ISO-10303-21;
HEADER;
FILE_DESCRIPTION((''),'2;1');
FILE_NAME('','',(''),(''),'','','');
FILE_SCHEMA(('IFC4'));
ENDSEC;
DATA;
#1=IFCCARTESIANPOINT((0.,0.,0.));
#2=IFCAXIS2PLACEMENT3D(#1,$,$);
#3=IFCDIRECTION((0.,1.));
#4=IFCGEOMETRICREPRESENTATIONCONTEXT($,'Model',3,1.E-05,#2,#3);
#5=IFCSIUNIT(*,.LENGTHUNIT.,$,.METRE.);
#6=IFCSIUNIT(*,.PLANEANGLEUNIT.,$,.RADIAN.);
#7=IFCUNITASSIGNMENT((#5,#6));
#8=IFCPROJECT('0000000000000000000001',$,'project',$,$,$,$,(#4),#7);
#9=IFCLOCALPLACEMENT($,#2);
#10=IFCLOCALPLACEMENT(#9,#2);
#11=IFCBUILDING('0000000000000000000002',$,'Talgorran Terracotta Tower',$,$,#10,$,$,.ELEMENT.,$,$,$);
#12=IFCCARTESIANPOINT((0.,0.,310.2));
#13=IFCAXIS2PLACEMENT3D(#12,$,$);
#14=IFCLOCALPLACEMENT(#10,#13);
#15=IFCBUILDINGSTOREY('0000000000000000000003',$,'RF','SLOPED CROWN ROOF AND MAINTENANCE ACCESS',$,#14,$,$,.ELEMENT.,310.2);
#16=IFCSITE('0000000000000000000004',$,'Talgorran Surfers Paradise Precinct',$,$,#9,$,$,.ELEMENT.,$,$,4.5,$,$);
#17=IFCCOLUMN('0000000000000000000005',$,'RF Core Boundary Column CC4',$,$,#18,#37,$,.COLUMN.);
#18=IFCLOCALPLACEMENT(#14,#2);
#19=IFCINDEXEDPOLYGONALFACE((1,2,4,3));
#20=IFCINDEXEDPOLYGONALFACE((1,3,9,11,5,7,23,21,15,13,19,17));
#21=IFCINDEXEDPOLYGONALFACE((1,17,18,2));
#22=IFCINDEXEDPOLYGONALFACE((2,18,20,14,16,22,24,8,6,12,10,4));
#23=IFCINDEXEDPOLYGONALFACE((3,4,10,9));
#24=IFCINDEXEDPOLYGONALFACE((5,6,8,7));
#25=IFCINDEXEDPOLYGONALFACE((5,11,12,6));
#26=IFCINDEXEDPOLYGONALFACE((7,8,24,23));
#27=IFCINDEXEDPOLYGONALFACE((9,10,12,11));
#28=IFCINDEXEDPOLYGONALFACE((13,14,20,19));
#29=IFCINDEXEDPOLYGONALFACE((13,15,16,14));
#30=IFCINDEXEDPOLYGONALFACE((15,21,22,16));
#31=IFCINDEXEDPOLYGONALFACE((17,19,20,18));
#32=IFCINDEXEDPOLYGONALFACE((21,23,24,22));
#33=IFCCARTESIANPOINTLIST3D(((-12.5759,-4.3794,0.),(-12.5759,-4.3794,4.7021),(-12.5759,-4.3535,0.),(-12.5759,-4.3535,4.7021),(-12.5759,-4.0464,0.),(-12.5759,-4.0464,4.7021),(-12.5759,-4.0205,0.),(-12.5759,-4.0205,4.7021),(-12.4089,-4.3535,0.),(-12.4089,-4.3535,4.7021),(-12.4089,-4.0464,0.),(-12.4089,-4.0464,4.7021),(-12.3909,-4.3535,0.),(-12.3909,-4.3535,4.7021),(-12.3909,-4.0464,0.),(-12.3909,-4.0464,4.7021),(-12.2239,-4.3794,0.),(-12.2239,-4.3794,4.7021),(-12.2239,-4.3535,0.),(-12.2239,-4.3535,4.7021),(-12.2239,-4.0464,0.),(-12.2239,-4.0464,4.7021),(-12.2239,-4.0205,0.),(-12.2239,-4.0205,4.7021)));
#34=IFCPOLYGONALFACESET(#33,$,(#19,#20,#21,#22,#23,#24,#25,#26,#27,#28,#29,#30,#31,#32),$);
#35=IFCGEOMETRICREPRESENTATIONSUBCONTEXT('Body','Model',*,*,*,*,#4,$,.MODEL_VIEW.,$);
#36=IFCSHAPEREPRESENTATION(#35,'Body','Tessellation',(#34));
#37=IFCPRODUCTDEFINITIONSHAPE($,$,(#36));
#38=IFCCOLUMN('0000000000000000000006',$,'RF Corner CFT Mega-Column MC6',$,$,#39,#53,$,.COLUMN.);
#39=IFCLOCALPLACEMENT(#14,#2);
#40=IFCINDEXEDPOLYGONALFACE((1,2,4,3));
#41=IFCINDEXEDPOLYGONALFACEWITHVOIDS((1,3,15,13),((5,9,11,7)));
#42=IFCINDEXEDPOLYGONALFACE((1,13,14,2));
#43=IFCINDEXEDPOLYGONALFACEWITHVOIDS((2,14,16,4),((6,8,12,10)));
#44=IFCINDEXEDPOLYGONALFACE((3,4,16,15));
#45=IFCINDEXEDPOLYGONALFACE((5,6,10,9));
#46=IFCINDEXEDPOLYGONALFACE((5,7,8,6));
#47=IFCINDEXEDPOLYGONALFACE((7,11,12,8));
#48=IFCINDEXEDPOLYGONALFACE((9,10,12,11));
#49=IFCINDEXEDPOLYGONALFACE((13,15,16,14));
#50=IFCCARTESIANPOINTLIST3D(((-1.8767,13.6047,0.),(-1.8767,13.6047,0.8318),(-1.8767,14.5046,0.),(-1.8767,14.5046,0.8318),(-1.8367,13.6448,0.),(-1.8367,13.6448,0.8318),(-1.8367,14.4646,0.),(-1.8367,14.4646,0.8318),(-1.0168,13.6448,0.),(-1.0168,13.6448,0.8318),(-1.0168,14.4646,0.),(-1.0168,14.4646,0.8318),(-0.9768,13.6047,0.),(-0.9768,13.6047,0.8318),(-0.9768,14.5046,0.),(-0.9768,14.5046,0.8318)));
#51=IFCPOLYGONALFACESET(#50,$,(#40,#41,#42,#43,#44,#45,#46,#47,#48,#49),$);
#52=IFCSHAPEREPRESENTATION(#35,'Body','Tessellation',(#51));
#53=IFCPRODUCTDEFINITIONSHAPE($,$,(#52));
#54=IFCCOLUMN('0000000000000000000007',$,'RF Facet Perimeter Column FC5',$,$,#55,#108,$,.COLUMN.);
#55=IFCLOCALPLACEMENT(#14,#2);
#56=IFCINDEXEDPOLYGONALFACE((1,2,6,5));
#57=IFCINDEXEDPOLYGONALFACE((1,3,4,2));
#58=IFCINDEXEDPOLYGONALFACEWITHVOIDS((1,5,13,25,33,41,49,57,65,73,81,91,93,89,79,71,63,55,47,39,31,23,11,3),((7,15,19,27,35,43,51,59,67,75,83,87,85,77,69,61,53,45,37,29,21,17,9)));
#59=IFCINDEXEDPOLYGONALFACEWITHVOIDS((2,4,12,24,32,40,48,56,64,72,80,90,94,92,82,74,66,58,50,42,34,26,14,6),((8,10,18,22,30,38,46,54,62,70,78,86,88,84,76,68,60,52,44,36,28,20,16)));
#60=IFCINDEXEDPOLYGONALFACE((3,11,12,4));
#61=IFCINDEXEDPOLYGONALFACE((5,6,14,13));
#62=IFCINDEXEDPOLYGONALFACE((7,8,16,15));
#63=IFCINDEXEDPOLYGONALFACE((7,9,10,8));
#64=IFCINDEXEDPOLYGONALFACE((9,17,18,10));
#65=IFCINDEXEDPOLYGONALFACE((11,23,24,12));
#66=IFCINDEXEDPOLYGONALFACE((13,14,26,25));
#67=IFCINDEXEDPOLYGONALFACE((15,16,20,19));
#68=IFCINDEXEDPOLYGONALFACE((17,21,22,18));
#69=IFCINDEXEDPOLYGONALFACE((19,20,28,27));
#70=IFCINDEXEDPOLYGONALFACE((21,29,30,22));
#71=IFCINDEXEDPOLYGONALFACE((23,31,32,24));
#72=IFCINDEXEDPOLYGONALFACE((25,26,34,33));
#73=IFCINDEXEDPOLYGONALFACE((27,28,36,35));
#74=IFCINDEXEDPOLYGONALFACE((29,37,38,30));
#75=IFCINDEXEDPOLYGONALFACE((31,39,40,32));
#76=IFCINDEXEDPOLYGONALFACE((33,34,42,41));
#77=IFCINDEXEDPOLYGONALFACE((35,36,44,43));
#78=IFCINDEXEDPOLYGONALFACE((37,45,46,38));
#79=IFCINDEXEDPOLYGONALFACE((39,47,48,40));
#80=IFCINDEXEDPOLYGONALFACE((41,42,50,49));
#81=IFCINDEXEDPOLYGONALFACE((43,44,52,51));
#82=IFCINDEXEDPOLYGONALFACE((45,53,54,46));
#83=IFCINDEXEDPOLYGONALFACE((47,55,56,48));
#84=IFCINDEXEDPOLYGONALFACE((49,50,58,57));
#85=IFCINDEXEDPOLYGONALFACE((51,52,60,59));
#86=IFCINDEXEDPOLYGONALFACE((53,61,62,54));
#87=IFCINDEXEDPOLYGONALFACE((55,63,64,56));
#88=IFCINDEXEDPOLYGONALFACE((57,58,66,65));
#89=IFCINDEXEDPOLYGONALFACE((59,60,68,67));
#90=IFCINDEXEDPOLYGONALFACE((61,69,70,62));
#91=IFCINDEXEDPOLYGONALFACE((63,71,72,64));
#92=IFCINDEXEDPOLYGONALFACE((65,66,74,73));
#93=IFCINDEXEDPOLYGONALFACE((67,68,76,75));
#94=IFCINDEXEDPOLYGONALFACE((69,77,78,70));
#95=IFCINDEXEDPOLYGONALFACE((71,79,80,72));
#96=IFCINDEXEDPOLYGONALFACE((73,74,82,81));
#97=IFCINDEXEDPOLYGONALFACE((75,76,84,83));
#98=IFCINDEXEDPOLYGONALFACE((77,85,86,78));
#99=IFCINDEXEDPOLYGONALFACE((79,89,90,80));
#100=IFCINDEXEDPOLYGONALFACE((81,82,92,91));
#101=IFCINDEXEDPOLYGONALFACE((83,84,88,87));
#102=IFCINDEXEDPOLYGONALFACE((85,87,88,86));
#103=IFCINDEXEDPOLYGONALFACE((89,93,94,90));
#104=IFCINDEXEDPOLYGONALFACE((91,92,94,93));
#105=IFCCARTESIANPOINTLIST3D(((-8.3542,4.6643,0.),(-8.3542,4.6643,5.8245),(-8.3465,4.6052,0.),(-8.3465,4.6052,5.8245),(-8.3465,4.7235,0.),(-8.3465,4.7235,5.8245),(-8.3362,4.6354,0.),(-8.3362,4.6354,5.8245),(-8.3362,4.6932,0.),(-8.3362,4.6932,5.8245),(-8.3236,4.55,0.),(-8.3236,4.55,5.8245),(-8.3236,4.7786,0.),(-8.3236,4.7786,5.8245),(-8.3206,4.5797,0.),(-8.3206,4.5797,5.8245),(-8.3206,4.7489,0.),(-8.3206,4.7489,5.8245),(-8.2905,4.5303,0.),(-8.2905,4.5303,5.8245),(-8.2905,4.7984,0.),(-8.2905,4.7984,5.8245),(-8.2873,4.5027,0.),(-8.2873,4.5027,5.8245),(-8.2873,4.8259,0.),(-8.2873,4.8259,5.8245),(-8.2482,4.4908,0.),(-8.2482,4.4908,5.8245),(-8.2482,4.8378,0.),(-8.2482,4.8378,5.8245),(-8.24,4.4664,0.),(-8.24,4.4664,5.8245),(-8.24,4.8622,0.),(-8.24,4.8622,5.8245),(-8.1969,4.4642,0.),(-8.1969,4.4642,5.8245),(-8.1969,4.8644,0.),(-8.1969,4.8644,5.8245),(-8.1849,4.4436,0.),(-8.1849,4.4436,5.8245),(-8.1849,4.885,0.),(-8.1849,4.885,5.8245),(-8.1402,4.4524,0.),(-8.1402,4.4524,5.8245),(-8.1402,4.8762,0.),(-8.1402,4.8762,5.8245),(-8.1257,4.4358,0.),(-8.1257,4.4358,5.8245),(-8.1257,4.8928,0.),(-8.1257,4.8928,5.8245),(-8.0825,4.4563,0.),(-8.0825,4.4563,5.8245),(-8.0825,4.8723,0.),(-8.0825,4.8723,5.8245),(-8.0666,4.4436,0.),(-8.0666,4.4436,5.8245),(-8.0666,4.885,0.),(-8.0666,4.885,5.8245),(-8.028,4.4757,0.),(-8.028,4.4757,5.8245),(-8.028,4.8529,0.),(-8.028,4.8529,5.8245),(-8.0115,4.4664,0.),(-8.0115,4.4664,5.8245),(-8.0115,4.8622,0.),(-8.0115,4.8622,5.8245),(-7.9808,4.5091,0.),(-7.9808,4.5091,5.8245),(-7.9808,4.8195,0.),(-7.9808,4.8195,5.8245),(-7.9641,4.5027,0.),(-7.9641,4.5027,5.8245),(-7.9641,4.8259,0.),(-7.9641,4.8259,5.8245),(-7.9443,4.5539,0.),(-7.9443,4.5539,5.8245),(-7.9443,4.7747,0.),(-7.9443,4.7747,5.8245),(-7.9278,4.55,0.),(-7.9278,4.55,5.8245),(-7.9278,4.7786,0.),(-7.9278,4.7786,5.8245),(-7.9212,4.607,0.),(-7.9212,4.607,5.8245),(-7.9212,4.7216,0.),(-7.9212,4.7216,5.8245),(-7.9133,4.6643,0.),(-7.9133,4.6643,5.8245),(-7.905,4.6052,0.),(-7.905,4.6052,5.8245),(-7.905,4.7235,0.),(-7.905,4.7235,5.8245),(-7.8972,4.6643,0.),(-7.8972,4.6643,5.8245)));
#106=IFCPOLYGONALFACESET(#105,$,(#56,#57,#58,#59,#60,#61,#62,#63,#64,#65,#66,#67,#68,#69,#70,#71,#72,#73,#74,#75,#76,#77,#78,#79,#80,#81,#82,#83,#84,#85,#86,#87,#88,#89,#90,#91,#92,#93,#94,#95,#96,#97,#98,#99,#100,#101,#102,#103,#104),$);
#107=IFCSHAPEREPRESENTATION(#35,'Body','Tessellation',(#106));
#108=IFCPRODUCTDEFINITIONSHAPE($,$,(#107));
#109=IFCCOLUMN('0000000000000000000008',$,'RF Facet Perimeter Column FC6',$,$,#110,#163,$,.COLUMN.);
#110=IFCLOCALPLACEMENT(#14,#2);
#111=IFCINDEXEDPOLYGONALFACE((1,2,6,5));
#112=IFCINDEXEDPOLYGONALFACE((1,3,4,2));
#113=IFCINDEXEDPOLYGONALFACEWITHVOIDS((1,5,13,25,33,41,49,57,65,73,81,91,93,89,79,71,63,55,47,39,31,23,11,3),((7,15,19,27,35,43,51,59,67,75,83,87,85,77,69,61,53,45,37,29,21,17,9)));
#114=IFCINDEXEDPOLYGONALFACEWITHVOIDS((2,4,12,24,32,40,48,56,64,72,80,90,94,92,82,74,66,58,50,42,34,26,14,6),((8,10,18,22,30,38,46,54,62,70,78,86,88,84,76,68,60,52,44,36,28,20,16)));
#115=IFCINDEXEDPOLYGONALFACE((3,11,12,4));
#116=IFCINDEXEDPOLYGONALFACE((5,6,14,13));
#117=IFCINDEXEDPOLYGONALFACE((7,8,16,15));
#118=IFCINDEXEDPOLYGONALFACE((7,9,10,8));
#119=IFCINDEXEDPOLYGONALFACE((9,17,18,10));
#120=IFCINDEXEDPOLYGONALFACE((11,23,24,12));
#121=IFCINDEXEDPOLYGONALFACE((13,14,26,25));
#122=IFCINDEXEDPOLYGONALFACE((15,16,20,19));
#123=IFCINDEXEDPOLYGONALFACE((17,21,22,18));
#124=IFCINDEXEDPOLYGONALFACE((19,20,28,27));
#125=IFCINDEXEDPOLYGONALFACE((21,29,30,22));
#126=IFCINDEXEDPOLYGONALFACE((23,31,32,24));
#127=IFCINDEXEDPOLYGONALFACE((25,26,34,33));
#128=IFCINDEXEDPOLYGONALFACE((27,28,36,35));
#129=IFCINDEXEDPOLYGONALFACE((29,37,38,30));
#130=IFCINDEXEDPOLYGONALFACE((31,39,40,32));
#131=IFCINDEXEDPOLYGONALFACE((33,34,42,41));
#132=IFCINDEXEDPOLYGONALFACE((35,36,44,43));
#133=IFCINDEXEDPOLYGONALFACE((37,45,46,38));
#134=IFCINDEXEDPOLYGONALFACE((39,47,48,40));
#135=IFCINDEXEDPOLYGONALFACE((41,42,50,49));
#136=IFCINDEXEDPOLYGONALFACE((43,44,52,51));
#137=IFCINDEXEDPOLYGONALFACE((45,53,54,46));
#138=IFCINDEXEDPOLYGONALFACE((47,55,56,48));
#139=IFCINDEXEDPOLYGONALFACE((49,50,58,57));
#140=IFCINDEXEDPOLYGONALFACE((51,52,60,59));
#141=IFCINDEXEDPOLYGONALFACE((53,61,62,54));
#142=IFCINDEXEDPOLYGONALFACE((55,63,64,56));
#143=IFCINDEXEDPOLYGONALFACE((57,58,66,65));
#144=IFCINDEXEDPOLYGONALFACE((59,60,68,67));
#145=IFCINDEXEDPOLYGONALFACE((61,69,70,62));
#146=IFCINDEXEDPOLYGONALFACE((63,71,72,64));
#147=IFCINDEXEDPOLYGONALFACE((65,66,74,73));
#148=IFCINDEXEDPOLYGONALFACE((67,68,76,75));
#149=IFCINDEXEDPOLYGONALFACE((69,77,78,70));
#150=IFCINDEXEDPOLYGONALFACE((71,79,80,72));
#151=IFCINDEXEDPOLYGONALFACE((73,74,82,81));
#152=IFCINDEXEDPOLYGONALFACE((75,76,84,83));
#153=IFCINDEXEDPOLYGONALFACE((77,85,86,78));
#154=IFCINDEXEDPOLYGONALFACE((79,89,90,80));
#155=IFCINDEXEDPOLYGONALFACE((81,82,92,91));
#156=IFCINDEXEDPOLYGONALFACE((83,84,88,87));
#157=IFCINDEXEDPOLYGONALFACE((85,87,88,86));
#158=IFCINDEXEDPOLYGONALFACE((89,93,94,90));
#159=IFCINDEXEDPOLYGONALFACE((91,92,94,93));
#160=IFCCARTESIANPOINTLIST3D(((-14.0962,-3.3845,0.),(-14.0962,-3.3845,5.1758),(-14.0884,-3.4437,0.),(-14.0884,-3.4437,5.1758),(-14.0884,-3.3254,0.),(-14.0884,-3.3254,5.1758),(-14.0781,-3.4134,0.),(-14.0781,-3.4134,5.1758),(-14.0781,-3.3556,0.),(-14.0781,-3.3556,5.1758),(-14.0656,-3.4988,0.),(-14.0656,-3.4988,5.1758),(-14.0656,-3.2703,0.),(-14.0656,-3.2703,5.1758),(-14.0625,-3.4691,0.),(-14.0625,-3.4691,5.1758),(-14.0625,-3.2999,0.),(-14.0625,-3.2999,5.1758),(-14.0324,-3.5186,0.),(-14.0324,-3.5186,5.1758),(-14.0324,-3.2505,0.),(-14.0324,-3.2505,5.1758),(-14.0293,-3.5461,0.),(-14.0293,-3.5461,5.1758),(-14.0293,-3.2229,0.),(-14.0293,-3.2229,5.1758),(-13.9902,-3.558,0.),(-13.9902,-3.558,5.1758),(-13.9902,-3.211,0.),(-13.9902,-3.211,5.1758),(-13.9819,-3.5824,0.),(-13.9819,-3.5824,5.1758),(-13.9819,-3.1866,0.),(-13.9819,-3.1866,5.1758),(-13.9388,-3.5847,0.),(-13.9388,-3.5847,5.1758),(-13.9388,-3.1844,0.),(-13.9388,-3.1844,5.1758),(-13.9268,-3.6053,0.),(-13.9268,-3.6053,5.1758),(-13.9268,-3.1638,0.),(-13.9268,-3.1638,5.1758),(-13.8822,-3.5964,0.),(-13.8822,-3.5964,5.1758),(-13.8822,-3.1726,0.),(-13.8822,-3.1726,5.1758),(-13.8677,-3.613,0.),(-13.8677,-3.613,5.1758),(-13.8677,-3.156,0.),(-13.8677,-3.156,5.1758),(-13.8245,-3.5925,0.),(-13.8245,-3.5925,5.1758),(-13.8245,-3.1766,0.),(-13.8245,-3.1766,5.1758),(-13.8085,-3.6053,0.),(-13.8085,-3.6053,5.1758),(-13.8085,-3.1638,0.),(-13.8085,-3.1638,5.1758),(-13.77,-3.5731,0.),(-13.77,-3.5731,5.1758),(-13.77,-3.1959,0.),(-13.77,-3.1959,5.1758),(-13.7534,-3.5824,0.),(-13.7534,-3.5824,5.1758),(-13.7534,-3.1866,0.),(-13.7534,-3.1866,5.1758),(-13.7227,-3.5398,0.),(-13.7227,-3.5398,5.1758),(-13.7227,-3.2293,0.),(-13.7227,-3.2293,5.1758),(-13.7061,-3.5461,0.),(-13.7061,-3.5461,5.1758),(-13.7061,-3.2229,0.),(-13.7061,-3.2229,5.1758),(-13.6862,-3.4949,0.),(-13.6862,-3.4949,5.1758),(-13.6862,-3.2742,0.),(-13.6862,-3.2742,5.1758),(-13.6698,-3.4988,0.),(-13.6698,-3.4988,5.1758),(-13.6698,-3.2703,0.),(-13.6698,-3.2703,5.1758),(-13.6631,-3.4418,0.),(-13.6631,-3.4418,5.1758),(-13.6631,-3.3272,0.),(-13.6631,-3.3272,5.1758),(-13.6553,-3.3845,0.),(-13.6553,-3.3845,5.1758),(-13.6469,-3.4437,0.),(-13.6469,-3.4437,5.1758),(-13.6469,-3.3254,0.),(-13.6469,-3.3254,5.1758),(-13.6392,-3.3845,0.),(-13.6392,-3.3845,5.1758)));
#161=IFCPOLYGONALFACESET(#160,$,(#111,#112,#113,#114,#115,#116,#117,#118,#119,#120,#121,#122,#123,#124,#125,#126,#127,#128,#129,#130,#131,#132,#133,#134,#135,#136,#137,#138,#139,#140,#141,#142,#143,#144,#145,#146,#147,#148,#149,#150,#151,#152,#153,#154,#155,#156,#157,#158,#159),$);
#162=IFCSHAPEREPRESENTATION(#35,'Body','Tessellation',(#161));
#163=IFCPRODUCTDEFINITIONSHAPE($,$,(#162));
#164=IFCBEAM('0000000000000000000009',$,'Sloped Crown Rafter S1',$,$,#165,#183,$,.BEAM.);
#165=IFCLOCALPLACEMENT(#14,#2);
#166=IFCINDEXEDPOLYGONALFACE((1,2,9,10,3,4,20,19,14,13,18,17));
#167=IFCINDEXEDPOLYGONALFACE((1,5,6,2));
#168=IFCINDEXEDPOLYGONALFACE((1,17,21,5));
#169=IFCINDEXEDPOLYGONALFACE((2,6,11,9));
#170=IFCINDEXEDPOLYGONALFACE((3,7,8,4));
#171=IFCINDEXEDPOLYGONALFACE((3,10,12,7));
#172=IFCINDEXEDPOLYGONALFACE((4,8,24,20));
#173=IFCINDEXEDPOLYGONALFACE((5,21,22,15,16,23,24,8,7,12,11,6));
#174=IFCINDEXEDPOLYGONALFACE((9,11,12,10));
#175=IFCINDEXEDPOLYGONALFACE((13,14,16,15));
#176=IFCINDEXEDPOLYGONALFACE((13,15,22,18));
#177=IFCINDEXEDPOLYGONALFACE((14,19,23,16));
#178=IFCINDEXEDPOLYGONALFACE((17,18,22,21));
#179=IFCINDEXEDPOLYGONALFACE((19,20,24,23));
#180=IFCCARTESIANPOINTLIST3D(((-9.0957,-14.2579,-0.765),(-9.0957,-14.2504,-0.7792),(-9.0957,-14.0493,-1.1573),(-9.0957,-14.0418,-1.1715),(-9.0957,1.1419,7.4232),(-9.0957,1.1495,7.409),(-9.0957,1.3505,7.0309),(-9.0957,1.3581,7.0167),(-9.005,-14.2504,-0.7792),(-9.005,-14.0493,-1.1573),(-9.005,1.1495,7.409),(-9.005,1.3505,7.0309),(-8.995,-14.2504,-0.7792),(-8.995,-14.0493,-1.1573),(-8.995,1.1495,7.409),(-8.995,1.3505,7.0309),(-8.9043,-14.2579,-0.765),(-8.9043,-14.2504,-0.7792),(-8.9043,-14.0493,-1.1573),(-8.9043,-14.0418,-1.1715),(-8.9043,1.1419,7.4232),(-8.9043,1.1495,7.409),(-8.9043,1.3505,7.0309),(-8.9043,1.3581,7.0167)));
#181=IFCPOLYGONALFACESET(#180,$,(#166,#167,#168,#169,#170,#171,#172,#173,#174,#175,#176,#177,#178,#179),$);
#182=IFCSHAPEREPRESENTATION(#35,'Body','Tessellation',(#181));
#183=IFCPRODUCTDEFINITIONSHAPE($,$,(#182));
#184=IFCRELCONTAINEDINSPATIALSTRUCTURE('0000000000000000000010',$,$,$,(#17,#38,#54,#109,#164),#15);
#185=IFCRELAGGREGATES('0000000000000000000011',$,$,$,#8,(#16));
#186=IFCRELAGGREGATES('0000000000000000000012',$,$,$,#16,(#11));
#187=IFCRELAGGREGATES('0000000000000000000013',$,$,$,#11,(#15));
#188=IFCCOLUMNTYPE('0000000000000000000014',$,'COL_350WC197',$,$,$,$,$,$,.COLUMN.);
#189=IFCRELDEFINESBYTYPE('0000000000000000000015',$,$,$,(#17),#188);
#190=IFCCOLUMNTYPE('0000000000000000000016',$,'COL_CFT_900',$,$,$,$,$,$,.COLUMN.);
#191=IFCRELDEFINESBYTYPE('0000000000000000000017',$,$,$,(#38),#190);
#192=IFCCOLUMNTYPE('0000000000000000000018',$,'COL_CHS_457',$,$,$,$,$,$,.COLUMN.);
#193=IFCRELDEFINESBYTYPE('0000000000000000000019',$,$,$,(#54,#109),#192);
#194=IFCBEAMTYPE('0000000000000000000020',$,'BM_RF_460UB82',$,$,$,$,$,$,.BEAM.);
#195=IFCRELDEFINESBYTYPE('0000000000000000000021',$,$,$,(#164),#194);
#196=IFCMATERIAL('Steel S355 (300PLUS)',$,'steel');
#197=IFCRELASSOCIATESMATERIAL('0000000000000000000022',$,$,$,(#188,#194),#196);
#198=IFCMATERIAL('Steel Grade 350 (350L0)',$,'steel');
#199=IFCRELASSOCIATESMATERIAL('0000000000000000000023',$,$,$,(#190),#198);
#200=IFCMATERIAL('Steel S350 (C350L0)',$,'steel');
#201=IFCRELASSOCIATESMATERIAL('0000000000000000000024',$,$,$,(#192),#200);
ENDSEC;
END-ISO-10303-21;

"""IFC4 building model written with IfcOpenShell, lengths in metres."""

from ifc_helpers import new_model, si_unit, direction, frame, origin, origin_2d, place, context, subcontext, project, spatial, hollow_rectangle, hollow_circle, i_section, extrude, material, material_profile, profile_set, type_object, element, save


model = new_model("IFC4")

# Units and contexts
model_context = context("Model", 3, precision=1e-05, world=origin(), true_north=direction((0.0, 1.0)))
body_context = subcontext(model_context, "Body", "Model", "MODEL_VIEW")
ifc_project = project(units=[si_unit("LENGTHUNIT", "METRE"), si_unit("PLANEANGLEUNIT", "RADIAN")], contexts=[model_context])

# Site, building, storey
site_placement = place(None, origin())
site = spatial("IfcSite", under=ifc_project, at=site_placement, Name="Talgorran Surfers Paradise Precinct", CompositionType="ELEMENT", RefElevation=4.5)
building_placement = place(site_placement, origin())
building = spatial("IfcBuilding", under=site, at=building_placement, Name="Talgorran Terracotta Tower", CompositionType="ELEMENT")
storey_placement = place(building_placement, frame((0.0, 0.0, 310.2)))
storey = spatial("IfcBuildingStorey", under=building, at=storey_placement, Name="RF", Description="SLOPED CROWN ROOF AND MAINTENANCE ACCESS", CompositionType="ELEMENT", Elevation=310.2)

# Columns
ifc_material_1 = material(Name="Steel S355 (300PLUS)", Category="steel")
ifc_material_profile_1 = material_profile(ifc_material_1, i_section(OverallWidth=0.3521, OverallDepth=0.3589, WebThickness=0.0181, FlangeThickness=0.0259, at=origin_2d()), Name="350WC197")
ifc_profile_set_1 = profile_set([ifc_material_profile_1], Name="Steel S355 (300PLUS)")
column_type_1 = type_object("IfcColumnType", Name="COL_350WC197", PredefinedType="COLUMN", material=ifc_profile_set_1)
column_1_placement = place(storey_placement, frame((-12.3999, -4.2, 0.0), z_axis=(0.0, 0.0, 1.0), x_axis=(1.0, 0.0, 0.0)))
element("IfcColumn", 1, at=column_1_placement, inside=storey, type_object=column_type_1, Name="RF Core Boundary Column CC4", PredefinedType="COLUMN", context=body_context, shape_type="SweptSolid", body=[
    extrude(i_section(OverallWidth=0.3521, OverallDepth=0.3589, WebThickness=0.0181, FlangeThickness=0.0259, at=origin_2d()), origin(), (0.0, 0.0, 1.0), 4.7021),
])
ifc_material_2 = material(Name="Steel Grade 350 (350L0)", Category="steel")
ifc_material_profile_2 = material_profile(ifc_material_2, hollow_rectangle(XDim=0.8999, YDim=0.8999, WallThickness=0.04, at=origin_2d()), Name="CFT900X900X40")
ifc_profile_set_2 = profile_set([ifc_material_profile_2], Name="Steel Grade 350 (350L0)")
column_type_2 = type_object("IfcColumnType", Name="COL_CFT_900", PredefinedType="COLUMN", material=ifc_profile_set_2)
column_2_placement = place(storey_placement, frame((-1.4268, 14.0547, 0.0), z_axis=(0.0, 0.0, 1.0), x_axis=(1.0, 0.0, 0.0)))
element("IfcColumn", 2, at=column_2_placement, inside=storey, type_object=column_type_2, Name="RF Corner CFT Mega-Column MC6", PredefinedType="COLUMN", context=body_context, shape_type="SweptSolid", body=[
    extrude(hollow_rectangle(XDim=0.8999, YDim=0.8999, WallThickness=0.04, at=origin_2d()), origin(), (0.0, 0.0, 1.0), 0.8318),
])
ifc_material_3 = material(Name="Steel S350 (C350L0)", Category="steel")
ifc_material_profile_3 = material_profile(ifc_material_3, hollow_circle(Radius=0.2285, WallThickness=0.0161, at=origin_2d()), Name="CHS457X16")
ifc_profile_set_3 = profile_set([ifc_material_profile_3], Name="Steel S350 (C350L0)")
column_type_3 = type_object("IfcColumnType", Name="COL_CHS_457", PredefinedType="COLUMN", material=ifc_profile_set_3)
column_3_placement = place(storey_placement, frame((-8.1257, 4.6643, 0.0), z_axis=(0.0, 0.0, 1.0), x_axis=(1.0, 0.0, 0.0)))
element("IfcColumn", 3, at=column_3_placement, inside=storey, type_object=column_type_3, Name="RF Facet Perimeter Column FC5", PredefinedType="COLUMN", context=body_context, shape_type="SweptSolid", body=[
    extrude(hollow_circle(Radius=0.2285, WallThickness=0.0161, at=origin_2d()), origin(), (0.0, 0.0, 1.0), 5.8245),
])
column_4_placement = place(storey_placement, frame((-13.8677, -3.3845, 0.0), z_axis=(0.0, 0.0, 1.0), x_axis=(1.0, 0.0, 0.0)))
element("IfcColumn", 4, at=column_4_placement, inside=storey, type_object=column_type_3, Name="RF Facet Perimeter Column FC6", PredefinedType="COLUMN", context=body_context, shape_type="SweptSolid", body=[
    extrude(hollow_circle(Radius=0.2285, WallThickness=0.0161, at=origin_2d()), origin(), (0.0, 0.0, 1.0), 5.1758),
])

# Beam
ifc_material_profile_4 = material_profile(ifc_material_1, i_section(OverallWidth=0.1914, OverallDepth=0.4604, WebThickness=0.01, FlangeThickness=0.0161, at=origin_2d()), Name="460UB82.1")
ifc_profile_set_4 = profile_set([ifc_material_profile_4], Name="Steel S355 (300PLUS)")
beam_type_1 = type_object("IfcBeamType", Name="BM_RF_460UB82", PredefinedType="BEAM", material=ifc_profile_set_4)
beam_1_placement = place(storey_placement, frame((-9.0, 1.25, 7.22), z_axis=(0.0, -0.882949, -0.46947), x_axis=(1.0, 0.0, 0.0)))
element("IfcBeam", 5, at=beam_1_placement, inside=storey, type_object=beam_type_1, Name="Sloped Crown Rafter S1", PredefinedType="BEAM", context=body_context, shape_type="SweptSolid", body=[
    extrude(i_section(OverallWidth=0.1914, OverallDepth=0.4604, WebThickness=0.01, FlangeThickness=0.0161, at=origin_2d()), origin(), (0.0, 0.0, 1.0), 17.4414),
])

save(model, "model.ifc")
